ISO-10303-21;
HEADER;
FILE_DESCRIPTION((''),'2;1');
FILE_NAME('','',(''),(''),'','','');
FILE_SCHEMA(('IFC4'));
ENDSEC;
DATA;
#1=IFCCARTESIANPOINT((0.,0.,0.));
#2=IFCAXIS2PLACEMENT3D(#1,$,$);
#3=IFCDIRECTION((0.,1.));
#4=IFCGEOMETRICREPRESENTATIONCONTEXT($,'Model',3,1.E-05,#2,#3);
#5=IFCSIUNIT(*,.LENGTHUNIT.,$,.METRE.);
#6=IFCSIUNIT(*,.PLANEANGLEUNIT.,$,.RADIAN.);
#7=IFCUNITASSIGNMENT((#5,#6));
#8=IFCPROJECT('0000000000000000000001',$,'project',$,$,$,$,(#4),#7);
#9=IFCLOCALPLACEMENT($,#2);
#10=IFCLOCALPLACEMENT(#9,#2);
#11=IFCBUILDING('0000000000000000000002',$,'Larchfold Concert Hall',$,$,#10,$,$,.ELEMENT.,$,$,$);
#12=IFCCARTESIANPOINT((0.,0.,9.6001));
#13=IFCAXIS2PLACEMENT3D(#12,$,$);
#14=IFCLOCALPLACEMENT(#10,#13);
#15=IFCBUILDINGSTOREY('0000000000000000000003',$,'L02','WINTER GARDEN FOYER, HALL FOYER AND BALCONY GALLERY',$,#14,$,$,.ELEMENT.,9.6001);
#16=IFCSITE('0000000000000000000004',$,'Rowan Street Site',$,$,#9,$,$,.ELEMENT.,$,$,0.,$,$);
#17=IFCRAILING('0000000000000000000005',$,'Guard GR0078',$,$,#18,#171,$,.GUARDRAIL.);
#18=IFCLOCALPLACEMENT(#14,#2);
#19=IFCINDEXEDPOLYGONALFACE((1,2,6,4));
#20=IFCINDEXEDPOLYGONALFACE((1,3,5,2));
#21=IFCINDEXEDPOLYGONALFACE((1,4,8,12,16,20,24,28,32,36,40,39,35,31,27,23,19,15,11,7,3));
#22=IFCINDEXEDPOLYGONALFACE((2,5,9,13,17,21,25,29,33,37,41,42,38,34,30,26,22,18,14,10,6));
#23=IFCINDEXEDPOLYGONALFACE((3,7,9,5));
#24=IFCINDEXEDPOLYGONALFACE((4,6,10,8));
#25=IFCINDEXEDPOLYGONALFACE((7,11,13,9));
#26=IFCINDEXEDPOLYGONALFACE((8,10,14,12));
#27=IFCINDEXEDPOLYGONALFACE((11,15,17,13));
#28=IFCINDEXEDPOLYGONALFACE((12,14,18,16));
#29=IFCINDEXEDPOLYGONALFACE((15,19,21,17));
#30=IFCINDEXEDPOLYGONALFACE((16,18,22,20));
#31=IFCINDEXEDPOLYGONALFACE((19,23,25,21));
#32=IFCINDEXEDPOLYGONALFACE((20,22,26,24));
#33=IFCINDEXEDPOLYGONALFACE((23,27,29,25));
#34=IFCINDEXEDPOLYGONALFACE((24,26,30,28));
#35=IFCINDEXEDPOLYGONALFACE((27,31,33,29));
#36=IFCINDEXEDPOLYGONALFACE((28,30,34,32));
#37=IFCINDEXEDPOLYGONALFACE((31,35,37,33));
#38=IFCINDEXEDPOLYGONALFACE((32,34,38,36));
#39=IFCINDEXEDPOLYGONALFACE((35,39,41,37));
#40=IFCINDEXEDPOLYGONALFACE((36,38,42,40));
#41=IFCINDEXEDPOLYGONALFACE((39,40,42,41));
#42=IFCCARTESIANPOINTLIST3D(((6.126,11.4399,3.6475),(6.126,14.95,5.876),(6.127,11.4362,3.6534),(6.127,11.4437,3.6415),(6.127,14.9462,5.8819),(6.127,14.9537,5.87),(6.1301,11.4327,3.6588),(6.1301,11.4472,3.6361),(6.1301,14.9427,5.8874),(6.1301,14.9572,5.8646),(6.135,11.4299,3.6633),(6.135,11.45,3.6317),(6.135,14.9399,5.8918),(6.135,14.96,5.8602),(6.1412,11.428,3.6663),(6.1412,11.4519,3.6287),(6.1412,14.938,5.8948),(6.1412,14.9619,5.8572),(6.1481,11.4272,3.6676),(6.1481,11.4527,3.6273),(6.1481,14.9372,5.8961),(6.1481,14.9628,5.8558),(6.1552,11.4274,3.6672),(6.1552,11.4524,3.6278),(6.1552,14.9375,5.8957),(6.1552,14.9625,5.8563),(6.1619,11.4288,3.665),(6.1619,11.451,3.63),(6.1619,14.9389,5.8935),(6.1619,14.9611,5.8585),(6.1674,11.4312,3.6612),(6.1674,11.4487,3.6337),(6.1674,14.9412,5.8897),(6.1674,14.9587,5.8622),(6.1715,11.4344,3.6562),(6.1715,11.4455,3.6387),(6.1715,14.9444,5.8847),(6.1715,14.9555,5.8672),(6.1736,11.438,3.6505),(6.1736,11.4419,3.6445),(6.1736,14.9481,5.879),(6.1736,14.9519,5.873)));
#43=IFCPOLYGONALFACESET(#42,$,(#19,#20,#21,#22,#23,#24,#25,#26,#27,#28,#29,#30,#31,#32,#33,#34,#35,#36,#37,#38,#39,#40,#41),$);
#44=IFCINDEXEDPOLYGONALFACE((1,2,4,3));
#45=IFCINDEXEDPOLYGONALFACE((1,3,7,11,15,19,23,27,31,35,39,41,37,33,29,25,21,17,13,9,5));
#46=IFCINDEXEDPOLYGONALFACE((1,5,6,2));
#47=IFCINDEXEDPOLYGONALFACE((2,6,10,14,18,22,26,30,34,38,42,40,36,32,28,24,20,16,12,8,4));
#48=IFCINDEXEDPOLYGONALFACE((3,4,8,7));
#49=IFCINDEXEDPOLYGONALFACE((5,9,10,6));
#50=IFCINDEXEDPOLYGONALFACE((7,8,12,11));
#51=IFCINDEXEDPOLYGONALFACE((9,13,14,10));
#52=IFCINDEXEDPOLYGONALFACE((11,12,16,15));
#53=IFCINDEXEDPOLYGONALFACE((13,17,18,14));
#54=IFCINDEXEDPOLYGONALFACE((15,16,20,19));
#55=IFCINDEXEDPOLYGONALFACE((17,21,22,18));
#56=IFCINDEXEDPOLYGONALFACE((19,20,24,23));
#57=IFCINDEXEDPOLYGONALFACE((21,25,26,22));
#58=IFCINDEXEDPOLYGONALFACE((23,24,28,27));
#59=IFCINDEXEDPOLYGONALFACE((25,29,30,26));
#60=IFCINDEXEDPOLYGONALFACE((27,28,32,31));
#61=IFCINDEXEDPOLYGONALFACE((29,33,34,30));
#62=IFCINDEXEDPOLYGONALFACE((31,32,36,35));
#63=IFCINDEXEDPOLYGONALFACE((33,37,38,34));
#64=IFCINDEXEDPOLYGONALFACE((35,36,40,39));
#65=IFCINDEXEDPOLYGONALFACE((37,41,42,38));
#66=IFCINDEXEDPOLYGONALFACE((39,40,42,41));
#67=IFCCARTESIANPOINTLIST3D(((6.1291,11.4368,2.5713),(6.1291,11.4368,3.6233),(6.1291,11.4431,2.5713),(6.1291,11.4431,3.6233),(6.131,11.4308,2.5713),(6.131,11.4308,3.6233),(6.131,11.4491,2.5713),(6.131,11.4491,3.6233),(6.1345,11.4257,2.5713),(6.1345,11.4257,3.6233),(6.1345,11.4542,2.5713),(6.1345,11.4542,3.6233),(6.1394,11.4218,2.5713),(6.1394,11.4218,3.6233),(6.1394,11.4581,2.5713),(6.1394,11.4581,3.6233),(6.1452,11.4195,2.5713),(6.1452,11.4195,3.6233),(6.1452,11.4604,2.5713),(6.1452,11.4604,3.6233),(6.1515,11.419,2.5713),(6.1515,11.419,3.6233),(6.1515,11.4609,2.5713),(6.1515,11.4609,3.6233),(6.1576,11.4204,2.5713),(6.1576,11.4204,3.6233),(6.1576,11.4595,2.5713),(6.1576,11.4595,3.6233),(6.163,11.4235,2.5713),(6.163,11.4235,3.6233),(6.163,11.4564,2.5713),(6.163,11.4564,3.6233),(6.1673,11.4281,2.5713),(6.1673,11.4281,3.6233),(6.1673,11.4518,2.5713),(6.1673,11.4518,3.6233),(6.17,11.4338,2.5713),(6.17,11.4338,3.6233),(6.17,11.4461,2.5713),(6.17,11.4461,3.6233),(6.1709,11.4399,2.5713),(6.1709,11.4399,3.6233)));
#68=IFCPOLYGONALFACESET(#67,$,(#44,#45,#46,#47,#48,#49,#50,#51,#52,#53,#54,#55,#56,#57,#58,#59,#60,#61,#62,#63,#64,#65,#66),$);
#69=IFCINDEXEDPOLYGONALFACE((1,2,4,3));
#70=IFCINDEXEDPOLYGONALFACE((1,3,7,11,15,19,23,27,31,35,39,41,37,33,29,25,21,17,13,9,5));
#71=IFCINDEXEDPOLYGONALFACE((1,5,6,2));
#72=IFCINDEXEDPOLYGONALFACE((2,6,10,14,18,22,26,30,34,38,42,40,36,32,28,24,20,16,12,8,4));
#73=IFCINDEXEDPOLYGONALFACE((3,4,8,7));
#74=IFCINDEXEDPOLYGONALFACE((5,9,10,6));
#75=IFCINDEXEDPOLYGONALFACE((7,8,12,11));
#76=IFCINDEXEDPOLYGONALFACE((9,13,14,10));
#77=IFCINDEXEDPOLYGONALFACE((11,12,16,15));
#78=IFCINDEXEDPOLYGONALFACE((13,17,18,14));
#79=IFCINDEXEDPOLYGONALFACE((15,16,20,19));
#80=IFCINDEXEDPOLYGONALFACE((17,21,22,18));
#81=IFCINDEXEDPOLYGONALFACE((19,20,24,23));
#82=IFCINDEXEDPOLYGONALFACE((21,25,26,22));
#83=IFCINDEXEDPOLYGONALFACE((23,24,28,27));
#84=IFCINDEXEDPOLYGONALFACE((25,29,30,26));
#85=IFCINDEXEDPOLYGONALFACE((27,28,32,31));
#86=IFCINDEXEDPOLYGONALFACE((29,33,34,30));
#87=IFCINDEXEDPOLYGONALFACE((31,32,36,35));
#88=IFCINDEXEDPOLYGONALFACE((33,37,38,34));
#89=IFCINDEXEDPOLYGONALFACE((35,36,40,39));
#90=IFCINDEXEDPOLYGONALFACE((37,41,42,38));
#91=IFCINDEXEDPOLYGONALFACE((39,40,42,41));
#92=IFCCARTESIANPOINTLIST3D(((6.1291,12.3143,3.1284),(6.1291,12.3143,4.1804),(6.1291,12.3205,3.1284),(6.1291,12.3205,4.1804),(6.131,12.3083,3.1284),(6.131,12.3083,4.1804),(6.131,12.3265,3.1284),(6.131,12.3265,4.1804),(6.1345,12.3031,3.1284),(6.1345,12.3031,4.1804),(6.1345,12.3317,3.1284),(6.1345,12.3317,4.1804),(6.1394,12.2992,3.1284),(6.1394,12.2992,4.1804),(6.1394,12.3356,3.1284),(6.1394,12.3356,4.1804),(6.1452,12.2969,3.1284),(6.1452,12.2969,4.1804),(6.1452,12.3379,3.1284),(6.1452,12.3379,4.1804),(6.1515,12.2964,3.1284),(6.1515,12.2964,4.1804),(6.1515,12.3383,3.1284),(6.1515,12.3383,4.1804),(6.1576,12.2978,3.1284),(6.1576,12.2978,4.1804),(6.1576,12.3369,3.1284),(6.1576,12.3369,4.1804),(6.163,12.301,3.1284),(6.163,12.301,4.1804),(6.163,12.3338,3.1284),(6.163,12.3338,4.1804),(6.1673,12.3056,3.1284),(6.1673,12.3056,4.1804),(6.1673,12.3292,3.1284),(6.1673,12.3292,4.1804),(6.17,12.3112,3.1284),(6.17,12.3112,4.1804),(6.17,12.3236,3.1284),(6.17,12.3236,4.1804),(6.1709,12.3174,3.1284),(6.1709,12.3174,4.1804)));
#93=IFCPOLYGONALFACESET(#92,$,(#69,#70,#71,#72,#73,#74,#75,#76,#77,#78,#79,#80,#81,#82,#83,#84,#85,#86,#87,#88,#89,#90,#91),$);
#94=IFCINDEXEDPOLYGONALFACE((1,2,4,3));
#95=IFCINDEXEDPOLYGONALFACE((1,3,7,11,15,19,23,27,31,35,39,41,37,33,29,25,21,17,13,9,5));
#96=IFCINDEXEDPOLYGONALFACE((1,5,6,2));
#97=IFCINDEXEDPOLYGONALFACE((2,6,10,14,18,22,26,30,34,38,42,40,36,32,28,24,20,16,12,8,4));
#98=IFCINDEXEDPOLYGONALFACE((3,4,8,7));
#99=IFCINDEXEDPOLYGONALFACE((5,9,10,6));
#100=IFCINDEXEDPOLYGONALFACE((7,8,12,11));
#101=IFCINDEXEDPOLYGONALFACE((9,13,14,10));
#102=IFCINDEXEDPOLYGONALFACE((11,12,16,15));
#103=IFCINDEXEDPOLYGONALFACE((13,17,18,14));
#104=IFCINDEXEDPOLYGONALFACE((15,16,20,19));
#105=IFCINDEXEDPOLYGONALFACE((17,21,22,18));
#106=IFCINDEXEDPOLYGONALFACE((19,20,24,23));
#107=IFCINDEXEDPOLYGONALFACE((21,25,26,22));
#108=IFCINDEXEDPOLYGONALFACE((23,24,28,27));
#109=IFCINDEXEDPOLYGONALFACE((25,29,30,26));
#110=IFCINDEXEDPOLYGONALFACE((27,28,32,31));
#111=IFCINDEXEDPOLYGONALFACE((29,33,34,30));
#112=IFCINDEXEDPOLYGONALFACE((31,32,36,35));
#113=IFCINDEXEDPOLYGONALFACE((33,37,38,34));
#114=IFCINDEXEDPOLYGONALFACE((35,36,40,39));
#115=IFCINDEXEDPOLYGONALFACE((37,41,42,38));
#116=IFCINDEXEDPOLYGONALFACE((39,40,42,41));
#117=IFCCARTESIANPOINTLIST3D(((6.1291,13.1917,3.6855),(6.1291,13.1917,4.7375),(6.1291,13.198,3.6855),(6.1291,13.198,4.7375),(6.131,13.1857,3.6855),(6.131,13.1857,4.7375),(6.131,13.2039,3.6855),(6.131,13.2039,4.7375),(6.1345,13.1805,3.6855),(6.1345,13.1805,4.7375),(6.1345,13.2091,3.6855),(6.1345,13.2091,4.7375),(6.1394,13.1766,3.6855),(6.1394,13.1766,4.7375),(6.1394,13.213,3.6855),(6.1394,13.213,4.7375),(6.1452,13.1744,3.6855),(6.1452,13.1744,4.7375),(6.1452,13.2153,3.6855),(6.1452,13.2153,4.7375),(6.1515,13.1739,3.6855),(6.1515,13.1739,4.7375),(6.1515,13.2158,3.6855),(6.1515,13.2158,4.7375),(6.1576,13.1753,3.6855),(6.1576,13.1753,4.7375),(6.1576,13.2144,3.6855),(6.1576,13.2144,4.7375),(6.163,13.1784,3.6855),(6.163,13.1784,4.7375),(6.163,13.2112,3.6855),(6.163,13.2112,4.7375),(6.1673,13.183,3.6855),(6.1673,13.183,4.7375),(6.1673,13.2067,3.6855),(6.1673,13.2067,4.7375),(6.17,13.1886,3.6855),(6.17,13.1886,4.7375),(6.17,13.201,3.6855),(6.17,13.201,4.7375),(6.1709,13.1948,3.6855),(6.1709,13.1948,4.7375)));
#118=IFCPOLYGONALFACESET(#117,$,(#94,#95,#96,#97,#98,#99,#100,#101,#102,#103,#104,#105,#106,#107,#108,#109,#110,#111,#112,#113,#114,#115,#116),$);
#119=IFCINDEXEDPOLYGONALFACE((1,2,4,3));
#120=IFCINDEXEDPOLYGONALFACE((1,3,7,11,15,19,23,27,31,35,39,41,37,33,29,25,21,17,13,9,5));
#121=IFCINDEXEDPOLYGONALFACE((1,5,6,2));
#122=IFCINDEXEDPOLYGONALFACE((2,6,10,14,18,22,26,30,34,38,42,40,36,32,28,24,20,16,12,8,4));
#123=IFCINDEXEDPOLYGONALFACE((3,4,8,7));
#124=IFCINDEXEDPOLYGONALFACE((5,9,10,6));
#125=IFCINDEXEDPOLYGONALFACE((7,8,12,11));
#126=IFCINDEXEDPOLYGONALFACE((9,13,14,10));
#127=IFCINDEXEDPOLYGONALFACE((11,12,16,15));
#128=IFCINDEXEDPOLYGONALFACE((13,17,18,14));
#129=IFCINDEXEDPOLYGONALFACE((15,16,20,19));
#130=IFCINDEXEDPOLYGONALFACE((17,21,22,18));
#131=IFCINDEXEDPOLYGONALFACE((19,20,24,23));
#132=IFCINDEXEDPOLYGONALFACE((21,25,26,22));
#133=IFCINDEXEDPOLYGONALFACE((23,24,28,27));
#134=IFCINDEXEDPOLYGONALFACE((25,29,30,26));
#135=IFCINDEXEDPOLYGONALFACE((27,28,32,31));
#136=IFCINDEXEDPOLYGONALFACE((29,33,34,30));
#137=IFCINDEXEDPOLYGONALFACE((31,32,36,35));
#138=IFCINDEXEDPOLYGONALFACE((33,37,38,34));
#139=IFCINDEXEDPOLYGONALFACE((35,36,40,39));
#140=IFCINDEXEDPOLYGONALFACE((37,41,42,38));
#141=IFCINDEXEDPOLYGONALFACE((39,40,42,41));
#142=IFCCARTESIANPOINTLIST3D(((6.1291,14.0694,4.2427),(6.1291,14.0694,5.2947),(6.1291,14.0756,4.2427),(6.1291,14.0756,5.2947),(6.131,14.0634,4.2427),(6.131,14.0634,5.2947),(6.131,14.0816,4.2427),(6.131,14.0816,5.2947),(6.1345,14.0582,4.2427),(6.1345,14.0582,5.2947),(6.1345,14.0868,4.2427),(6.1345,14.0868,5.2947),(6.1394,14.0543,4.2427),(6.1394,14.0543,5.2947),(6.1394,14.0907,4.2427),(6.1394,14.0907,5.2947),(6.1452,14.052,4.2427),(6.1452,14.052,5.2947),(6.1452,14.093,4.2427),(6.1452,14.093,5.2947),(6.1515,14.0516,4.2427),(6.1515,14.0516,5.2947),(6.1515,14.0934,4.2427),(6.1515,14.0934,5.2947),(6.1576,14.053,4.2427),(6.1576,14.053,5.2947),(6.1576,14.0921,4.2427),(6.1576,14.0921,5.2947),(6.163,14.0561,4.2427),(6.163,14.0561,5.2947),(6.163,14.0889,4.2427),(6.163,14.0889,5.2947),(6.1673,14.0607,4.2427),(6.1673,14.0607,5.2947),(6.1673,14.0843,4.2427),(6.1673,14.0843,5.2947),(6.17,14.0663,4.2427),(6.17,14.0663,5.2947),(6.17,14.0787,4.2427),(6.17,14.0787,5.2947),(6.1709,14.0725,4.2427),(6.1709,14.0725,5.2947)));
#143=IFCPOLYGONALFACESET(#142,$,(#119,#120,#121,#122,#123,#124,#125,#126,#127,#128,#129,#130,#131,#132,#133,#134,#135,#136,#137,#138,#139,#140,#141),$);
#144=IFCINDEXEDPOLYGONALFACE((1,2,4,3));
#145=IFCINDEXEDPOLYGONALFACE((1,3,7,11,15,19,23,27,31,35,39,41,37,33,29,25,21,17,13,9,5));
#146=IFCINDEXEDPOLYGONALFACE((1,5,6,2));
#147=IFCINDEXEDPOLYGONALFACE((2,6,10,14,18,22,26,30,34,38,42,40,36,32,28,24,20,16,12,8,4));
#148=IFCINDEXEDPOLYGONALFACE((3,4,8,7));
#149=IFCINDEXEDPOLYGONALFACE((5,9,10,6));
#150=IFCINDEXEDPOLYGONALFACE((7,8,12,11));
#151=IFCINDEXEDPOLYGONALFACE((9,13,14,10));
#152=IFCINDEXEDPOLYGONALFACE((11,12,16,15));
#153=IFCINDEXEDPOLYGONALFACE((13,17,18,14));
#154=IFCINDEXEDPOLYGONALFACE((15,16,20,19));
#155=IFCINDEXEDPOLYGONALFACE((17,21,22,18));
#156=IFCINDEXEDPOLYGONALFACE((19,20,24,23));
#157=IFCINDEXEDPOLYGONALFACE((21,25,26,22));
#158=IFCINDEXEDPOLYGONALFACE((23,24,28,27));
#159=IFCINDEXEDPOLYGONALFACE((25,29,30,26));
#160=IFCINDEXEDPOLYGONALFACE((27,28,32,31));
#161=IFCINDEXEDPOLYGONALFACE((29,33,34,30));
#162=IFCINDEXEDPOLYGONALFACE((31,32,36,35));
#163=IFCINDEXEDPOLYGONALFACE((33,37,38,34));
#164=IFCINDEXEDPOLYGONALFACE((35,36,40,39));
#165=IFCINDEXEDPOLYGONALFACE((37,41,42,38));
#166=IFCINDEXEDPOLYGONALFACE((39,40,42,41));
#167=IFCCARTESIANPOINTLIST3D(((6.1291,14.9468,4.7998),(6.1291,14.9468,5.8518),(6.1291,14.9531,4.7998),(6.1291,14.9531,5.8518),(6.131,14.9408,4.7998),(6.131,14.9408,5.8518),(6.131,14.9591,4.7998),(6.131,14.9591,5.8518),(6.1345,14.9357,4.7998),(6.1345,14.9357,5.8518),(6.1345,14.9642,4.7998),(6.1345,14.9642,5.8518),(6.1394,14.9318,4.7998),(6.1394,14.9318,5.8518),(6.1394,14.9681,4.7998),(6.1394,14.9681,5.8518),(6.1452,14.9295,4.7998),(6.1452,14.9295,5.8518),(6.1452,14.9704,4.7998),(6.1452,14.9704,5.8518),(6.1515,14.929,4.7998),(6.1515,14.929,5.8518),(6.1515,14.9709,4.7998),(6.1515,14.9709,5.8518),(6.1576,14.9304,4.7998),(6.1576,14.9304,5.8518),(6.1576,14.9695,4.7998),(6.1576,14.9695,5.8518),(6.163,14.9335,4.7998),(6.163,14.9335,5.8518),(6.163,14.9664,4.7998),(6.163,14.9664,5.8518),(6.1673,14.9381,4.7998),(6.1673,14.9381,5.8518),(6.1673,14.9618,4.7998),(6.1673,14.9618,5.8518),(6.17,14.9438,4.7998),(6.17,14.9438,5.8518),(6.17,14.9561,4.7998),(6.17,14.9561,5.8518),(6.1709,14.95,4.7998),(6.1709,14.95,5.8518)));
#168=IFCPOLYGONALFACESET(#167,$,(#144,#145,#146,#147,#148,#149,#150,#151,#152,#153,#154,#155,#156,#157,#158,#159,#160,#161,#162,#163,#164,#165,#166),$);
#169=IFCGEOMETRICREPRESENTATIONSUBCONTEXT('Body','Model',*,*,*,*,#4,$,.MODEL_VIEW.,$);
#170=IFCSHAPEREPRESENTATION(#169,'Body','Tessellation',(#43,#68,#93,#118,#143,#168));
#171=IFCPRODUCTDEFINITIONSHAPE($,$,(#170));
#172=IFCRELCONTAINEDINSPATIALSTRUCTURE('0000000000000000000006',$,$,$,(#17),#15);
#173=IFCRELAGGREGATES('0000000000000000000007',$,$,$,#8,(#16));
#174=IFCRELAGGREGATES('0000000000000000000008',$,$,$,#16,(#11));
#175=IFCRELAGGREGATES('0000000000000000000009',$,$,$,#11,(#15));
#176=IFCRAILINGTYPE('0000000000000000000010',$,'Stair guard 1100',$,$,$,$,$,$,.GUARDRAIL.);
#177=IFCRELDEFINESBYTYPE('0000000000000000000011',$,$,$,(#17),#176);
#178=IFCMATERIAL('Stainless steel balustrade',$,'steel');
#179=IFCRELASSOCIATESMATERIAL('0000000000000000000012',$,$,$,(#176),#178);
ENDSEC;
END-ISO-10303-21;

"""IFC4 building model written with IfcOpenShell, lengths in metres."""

from ifc_helpers import new_model, si_unit, direction, frame, origin, origin_2d, place, context, subcontext, project, spatial, circle, extrude, material, type_object, element, save


model = new_model("IFC4")

# Units and contexts
model_context = context("Model", 3, precision=1e-05, world=origin(), true_north=direction((0.0, 1.0)))
body_context = subcontext(model_context, "Body", "Model", "MODEL_VIEW")
ifc_project = project(units=[si_unit("LENGTHUNIT", "METRE"), si_unit("PLANEANGLEUNIT", "RADIAN")], contexts=[model_context])

# Site, building, storey
site_placement = place(None, origin())
site = spatial("IfcSite", under=ifc_project, at=site_placement, Name="Rowan Street Site", CompositionType="ELEMENT", RefElevation=0.0)
building_placement = place(site_placement, origin())
building = spatial("IfcBuilding", under=site, at=building_placement, Name="Larchfold Concert Hall", CompositionType="ELEMENT")
storey_placement = place(building_placement, frame((0.0, 0.0, 9.6001)))
storey = spatial("IfcBuildingStorey", under=building, at=storey_placement, Name="L02", Description="WINTER GARDEN FOYER, HALL FOYER AND BALCONY GALLERY", CompositionType="ELEMENT", Elevation=9.6001)

# Railing
ifc_material_1 = material(Name="Stainless steel balustrade", Category="steel")
railing_type = type_object("IfcRailingType", Name="Stair guard 1100", PredefinedType="GUARDRAIL", material=ifc_material_1)
railing_1_placement = place(storey_placement, frame((6.1499, 11.4399, 2.5713)))
element("IfcRailing", 1, at=railing_1_placement, inside=storey, type_object=railing_type, Name="Guard GR0078", PredefinedType="GUARDRAIL", context=body_context, shape_type="SweptSolid", body=[
    extrude(circle(Radius=0.0239, at=origin_2d()), frame((0.0, 0.0, 1.0762), z_axis=(0.0, 0.84422, 0.535998), x_axis=(-1.0, 0.0, 0.0)), (0.0, 0.0, 1.0), 4.1577),
    extrude(circle(Radius=0.021, at=origin_2d()), origin(), (0.0, 0.0, 1.0), 1.052),
    extrude(circle(Radius=0.021, at=origin_2d()), frame((0.0, 0.8774, 0.5571)), (0.0, 0.0, 1.0), 1.052),
    extrude(circle(Radius=0.021, at=origin_2d()), frame((0.0, 1.7549, 1.1143)), (0.0, 0.0, 1.0), 1.052),
    extrude(circle(Radius=0.021, at=origin_2d()), frame((0.0, 2.6326, 1.6714)), (0.0, 0.0, 1.0), 1.052),
    extrude(circle(Radius=0.021, at=origin_2d()), frame((0.0, 3.51, 2.2285)), (0.0, 0.0, 1.0), 1.052),
])

save(model, "model.ifc")
